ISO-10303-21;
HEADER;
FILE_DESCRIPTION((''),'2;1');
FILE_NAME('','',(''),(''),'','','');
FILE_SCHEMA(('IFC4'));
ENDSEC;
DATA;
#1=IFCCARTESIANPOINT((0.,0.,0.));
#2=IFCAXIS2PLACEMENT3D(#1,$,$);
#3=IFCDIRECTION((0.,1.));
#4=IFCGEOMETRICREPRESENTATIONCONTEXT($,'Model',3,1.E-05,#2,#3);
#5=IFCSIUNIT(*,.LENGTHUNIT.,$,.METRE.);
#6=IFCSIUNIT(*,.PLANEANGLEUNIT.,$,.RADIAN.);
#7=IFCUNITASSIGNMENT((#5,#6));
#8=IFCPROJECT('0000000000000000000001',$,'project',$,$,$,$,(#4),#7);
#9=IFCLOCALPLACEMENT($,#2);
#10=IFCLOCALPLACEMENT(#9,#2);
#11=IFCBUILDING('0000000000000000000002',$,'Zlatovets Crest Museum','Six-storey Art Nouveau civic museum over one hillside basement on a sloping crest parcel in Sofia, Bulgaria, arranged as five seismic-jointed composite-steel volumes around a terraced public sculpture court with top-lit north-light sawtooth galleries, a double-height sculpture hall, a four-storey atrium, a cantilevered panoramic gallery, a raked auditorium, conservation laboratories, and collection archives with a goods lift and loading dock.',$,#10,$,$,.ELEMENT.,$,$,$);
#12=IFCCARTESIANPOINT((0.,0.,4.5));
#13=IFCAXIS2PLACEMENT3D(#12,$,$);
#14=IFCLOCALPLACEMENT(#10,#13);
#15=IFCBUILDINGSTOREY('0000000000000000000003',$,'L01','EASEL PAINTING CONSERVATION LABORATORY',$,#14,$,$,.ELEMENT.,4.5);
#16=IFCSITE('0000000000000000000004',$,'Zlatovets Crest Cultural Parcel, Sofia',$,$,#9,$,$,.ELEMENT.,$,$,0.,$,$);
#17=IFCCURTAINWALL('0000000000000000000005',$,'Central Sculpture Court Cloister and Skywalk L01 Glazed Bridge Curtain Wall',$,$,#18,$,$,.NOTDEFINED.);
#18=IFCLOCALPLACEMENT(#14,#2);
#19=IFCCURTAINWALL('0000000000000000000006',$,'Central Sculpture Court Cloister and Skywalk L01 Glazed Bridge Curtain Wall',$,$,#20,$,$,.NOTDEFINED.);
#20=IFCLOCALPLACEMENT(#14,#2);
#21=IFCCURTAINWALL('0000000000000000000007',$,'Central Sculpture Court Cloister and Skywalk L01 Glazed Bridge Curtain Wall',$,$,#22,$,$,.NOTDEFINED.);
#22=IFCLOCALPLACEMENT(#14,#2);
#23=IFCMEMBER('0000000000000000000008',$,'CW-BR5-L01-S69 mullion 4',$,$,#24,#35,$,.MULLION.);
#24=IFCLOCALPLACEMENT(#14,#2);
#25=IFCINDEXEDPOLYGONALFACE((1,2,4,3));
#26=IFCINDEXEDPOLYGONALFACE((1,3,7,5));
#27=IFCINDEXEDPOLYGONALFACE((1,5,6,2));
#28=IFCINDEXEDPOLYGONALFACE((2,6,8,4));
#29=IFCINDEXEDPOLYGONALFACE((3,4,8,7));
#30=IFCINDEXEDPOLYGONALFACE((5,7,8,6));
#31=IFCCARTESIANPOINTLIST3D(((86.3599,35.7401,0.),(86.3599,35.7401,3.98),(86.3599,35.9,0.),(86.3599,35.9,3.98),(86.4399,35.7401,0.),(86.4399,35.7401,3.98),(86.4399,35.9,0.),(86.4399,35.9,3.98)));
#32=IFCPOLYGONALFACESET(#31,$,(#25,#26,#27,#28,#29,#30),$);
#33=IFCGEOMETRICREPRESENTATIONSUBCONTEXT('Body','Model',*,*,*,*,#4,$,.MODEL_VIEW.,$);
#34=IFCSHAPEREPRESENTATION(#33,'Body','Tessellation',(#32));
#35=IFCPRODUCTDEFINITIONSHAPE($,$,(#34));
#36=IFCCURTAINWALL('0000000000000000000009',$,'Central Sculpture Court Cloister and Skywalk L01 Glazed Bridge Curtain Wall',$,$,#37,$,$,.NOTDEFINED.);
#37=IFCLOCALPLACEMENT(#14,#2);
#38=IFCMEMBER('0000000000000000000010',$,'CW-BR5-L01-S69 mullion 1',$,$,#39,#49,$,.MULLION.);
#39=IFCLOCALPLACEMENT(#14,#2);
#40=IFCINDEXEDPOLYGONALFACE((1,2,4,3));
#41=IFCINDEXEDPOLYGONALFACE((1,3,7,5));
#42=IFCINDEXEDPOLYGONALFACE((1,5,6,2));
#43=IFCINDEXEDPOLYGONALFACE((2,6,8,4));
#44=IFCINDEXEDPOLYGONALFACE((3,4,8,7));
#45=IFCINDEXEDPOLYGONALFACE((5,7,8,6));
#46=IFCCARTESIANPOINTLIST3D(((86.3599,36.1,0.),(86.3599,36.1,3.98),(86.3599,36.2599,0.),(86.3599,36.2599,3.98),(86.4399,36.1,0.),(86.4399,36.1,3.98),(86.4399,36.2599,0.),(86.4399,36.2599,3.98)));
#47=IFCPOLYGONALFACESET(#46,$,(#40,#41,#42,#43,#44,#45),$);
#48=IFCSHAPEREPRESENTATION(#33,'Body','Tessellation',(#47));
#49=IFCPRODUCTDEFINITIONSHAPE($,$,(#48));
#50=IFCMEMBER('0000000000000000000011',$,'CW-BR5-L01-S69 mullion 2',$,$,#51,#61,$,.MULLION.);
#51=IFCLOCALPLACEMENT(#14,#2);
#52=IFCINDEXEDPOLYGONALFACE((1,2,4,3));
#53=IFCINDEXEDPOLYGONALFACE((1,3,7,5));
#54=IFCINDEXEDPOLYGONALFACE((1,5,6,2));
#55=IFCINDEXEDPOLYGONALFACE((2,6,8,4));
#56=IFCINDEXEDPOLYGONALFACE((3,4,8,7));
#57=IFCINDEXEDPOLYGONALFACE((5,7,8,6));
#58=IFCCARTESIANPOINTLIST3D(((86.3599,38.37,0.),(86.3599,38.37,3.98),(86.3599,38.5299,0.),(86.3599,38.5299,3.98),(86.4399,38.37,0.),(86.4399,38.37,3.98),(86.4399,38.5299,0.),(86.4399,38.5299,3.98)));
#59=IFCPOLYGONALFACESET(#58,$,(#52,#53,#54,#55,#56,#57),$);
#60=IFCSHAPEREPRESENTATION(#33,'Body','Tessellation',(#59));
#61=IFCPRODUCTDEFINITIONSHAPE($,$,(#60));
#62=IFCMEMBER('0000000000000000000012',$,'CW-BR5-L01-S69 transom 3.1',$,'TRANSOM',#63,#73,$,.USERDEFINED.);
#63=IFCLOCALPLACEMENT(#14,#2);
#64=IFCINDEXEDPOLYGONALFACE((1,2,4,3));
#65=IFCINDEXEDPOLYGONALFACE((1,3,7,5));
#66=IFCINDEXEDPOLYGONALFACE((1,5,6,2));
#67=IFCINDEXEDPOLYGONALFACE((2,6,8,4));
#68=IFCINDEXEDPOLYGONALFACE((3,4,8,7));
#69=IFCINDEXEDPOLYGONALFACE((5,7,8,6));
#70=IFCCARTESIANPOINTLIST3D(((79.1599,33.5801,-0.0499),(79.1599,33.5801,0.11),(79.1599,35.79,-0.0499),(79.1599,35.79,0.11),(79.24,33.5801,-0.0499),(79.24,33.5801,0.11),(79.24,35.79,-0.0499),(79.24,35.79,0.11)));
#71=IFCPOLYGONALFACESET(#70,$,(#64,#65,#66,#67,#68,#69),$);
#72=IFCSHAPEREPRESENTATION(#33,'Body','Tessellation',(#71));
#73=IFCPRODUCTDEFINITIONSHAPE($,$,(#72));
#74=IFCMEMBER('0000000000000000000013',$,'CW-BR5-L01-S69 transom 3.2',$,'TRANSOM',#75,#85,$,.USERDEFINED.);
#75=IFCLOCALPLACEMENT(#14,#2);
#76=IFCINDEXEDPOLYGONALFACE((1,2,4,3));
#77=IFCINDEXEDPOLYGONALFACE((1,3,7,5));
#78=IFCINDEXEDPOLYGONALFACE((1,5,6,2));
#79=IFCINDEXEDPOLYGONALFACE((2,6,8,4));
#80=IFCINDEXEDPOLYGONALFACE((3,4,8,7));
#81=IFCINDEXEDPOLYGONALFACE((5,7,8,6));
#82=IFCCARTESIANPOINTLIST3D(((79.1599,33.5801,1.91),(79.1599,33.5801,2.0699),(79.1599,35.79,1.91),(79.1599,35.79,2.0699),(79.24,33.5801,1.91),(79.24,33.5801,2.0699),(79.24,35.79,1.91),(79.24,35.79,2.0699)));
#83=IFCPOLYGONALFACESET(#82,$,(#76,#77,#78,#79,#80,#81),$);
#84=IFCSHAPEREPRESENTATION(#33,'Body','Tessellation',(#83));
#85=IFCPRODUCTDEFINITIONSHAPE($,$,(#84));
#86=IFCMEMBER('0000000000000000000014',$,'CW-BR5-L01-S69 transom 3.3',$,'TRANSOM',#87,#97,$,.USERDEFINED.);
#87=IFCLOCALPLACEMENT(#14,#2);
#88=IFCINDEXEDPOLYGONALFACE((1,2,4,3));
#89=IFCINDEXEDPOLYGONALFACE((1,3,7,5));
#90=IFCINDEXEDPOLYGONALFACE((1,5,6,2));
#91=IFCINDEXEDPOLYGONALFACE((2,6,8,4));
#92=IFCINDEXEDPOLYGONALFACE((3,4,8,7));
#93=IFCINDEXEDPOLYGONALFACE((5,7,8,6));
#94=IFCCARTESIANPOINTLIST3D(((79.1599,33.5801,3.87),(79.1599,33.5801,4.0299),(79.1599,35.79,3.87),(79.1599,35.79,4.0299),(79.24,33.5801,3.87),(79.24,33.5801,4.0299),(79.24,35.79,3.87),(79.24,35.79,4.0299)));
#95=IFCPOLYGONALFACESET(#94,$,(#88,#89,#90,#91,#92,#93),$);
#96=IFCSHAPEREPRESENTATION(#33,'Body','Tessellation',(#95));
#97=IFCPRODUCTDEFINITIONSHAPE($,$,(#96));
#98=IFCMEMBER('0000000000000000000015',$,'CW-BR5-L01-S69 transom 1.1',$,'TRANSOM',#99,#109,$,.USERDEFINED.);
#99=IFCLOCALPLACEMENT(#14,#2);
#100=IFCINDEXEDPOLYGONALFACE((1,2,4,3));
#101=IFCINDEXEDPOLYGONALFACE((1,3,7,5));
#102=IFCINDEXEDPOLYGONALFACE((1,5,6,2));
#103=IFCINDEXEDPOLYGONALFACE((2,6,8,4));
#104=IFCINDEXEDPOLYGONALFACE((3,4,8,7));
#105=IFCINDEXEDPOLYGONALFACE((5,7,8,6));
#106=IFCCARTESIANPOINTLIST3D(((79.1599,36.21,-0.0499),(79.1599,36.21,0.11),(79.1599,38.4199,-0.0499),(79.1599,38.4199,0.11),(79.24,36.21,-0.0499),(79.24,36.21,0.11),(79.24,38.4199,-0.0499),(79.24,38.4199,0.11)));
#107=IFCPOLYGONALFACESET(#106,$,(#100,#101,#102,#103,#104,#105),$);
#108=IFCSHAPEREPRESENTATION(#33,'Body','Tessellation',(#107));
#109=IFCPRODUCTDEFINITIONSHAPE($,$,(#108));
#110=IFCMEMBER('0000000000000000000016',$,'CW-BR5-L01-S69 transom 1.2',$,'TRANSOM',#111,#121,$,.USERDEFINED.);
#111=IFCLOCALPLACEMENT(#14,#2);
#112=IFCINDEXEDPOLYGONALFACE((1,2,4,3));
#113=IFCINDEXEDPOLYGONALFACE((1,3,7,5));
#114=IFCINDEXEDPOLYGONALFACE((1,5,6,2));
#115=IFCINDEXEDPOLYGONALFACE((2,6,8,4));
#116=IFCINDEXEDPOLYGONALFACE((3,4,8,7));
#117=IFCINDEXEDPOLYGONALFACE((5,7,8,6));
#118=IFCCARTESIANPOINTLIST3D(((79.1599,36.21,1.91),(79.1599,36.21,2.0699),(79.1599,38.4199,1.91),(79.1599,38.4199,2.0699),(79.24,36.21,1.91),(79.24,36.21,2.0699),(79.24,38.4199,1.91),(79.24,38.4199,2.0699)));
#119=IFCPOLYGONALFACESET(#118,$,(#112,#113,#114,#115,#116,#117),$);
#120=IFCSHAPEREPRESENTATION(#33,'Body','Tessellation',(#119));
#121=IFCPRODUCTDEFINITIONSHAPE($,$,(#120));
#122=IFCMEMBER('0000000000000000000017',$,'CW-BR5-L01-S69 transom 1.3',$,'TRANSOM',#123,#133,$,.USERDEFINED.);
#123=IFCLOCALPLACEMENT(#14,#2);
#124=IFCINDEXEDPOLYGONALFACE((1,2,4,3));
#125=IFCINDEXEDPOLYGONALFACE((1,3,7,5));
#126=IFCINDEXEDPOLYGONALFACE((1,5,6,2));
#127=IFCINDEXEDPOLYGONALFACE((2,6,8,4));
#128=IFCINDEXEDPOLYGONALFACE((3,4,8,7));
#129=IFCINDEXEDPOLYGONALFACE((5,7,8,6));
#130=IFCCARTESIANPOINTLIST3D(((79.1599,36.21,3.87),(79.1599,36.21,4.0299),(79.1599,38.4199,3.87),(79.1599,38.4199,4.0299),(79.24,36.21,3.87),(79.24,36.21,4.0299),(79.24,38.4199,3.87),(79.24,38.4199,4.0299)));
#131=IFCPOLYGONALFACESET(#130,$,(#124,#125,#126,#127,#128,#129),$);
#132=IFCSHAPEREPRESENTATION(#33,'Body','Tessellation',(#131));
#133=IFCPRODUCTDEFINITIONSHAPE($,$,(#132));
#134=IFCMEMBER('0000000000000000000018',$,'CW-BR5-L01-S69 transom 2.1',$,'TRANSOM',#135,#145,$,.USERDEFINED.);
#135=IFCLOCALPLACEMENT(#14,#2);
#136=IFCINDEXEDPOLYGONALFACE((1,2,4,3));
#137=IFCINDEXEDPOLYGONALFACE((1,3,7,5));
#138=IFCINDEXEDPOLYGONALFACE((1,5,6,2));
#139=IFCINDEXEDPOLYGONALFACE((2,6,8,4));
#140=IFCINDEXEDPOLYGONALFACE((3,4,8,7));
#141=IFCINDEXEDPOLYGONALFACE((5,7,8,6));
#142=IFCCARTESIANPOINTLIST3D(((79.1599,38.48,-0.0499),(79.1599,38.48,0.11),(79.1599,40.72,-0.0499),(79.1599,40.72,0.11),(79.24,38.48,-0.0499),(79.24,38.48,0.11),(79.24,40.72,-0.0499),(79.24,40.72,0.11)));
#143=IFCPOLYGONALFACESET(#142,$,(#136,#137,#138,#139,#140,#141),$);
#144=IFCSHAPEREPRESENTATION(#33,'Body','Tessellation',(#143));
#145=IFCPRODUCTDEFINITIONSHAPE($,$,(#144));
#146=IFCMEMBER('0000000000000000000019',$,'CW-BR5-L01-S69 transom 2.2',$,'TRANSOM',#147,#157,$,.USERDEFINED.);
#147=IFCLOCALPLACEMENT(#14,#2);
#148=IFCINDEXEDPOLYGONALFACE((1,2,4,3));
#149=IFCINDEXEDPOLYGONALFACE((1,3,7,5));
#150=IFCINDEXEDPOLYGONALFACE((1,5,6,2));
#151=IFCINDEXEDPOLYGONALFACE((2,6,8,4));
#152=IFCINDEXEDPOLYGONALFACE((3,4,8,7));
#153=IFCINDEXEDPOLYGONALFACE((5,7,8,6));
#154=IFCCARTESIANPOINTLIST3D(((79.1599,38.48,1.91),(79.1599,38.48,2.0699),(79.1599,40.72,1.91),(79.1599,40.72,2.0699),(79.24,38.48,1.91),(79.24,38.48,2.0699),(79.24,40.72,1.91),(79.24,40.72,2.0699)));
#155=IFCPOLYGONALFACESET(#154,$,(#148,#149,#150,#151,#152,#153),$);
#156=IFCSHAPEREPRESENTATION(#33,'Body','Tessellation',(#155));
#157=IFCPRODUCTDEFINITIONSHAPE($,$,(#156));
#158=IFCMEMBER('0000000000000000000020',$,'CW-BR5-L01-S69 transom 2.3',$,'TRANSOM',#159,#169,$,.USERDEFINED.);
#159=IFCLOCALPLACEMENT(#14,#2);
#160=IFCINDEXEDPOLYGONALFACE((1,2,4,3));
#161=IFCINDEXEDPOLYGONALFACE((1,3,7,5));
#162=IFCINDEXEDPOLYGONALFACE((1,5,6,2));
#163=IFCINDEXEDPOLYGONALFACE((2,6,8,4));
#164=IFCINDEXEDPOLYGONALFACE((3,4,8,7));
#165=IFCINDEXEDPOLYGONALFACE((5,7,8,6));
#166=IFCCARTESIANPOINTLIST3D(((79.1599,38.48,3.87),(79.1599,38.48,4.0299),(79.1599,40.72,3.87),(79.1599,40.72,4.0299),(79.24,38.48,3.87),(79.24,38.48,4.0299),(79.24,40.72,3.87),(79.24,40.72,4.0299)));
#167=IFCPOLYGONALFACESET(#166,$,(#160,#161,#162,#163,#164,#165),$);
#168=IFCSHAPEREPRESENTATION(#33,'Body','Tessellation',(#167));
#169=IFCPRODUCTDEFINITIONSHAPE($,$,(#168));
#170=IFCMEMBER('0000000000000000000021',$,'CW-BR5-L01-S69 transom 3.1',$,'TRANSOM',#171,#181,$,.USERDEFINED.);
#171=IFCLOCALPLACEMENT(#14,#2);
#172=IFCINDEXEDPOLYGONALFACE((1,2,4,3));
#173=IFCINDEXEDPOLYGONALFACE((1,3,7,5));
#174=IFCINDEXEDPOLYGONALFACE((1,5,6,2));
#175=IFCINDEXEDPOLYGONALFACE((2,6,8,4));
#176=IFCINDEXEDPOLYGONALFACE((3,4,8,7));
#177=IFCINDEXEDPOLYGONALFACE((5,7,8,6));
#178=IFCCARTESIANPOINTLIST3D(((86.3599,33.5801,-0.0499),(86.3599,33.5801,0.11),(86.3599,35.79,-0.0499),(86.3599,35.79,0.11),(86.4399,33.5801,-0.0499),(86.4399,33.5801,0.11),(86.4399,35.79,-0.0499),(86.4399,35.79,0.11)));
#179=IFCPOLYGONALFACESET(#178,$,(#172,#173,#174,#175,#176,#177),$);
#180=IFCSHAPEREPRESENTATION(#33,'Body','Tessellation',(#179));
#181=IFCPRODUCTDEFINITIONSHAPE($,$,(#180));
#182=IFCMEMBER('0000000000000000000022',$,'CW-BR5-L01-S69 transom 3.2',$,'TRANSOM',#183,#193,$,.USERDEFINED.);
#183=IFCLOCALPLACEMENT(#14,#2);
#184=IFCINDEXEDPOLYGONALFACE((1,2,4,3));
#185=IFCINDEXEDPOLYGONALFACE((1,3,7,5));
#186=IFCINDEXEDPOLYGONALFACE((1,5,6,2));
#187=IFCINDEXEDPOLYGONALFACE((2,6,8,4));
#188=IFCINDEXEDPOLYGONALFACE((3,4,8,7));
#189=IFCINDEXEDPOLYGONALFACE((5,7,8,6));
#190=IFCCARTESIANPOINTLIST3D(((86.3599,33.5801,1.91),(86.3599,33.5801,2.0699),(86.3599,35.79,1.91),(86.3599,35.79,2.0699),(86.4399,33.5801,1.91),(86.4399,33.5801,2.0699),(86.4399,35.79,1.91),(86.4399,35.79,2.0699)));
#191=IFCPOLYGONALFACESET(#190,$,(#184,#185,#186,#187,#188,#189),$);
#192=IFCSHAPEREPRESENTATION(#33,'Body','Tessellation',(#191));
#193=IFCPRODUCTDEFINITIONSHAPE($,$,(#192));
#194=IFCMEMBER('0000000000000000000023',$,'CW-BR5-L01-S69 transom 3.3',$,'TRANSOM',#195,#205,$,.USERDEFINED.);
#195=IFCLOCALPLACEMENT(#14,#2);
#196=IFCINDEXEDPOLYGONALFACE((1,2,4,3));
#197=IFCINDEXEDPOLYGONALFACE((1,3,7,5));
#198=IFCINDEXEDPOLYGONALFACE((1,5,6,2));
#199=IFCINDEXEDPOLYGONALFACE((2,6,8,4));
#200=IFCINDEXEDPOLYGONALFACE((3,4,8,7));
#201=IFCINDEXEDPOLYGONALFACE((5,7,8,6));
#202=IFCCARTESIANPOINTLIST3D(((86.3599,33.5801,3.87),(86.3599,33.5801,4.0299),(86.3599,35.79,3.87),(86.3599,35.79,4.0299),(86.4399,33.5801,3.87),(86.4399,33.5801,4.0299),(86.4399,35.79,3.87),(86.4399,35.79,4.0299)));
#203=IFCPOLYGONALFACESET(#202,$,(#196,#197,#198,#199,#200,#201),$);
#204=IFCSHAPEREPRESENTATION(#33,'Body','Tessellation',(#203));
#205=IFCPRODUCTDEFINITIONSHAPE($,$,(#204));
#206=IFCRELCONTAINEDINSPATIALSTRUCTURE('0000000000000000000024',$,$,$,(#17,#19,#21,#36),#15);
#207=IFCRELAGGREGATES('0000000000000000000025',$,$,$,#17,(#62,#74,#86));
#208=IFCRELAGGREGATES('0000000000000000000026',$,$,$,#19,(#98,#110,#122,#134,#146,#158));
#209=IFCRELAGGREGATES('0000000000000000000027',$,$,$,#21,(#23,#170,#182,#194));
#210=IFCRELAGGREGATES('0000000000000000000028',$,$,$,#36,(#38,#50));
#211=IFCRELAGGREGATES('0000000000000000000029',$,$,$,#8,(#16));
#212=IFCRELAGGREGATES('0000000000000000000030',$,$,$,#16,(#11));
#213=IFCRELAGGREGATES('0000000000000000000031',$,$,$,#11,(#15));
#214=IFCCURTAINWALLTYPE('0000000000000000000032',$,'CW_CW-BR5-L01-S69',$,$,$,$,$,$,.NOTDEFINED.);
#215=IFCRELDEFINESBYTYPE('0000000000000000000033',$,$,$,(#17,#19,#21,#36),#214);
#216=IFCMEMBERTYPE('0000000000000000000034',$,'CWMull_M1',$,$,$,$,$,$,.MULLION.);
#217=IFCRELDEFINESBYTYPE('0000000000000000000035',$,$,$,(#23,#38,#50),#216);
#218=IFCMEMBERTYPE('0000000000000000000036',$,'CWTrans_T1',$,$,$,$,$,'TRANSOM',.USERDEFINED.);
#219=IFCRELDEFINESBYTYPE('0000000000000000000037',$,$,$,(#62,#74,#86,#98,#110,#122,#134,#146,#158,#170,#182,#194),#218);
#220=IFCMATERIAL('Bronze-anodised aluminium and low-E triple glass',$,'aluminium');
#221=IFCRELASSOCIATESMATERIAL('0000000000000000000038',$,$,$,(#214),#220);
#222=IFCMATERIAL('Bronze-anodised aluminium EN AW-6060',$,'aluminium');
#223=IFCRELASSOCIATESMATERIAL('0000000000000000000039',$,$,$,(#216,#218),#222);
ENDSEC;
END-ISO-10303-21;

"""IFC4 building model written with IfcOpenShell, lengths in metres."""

from ifc_helpers import new_model, si_unit, direction, frame, origin, origin_2d, place, context, subcontext, project, spatial, rectangle, extrude, material, material_profile, profile_set, type_object, element, aggregate, save


model = new_model("IFC4")

# Units and contexts
model_context = context("Model", 3, precision=1e-05, world=origin(), true_north=direction((0.0, 1.0)))
body_context = subcontext(model_context, "Body", "Model", "MODEL_VIEW")
ifc_project = project(units=[si_unit("LENGTHUNIT", "METRE"), si_unit("PLANEANGLEUNIT", "RADIAN")], contexts=[model_context])

# Site, building, storey
site_placement = place(None, origin())
site = spatial("IfcSite", under=ifc_project, at=site_placement, Name="Zlatovets Crest Cultural Parcel, Sofia", CompositionType="ELEMENT", RefElevation=0.0)
building_placement = place(site_placement, origin())
building = spatial("IfcBuilding", under=site, at=building_placement, Name="Zlatovets Crest Museum", Description="Six-storey Art Nouveau civic museum over one hillside basement on a sloping crest parcel in Sofia, Bulgaria, arranged as five seismic-jointed composite-steel volumes around a terraced public sculpture court with top-lit north-light sawtooth galleries, a double-height sculpture hall, a four-storey atrium, a cantilevered panoramic gallery, a raked auditorium, conservation laboratories, and collection archives with a goods lift and loading dock.", CompositionType="ELEMENT")
storey_placement = place(building_placement, frame((0.0, 0.0, 4.5)))
storey = spatial("IfcBuildingStorey", under=building, at=storey_placement, Name="L01", Description="EASEL PAINTING CONSERVATION LABORATORY", CompositionType="ELEMENT", Elevation=4.5)

# Curtain walls, members
ifc_material_1 = material(Name="Bronze-anodised aluminium and low-E triple glass", Category="aluminium")
curtain_wall_type = type_object("IfcCurtainWallType", Name="CW_CW-BR5-L01-S69", PredefinedType="NOTDEFINED", material=ifc_material_1)
curtain_wall_1_placement = place(storey_placement, origin())
curtain_wall_1 = element("IfcCurtainWall", 1, at=curtain_wall_1_placement, inside=storey, type_object=curtain_wall_type, Name="Central Sculpture Court Cloister and Skywalk L01 Glazed Bridge Curtain Wall", PredefinedType="NOTDEFINED")
ifc_material_2 = material(Name="Bronze-anodised aluminium EN AW-6060", Category="aluminium")
ifc_material_profile_1 = material_profile(ifc_material_2, rectangle(XDim=0.0801, YDim=0.1599, at=origin_2d()), Name="ALU 80x160")
ifc_profile_set_1 = profile_set([ifc_material_profile_1], Name="Bronze-anodised aluminium EN AW-6060")
member_type_1 = type_object("IfcMemberType", Name="CWMull_M1", PredefinedType="MULLION", material=ifc_profile_set_1)
curtain_wall_2_placement = place(storey_placement, origin())
curtain_wall_2 = element("IfcCurtainWall", 2, at=curtain_wall_2_placement, inside=storey, type_object=curtain_wall_type, Name="Central Sculpture Court Cloister and Skywalk L01 Glazed Bridge Curtain Wall", PredefinedType="NOTDEFINED")
curtain_wall_3_placement = place(storey_placement, origin())
curtain_wall_3 = element("IfcCurtainWall", 3, at=curtain_wall_3_placement, inside=storey, type_object=curtain_wall_type, Name="Central Sculpture Court Cloister and Skywalk L01 Glazed Bridge Curtain Wall", PredefinedType="NOTDEFINED")
member_1_placement = place(storey_placement, frame((86.3999, 35.8201, 0.0), z_axis=(0.0, 0.0, 1.0), x_axis=(-1.0, 0.0, 0.0)))
member_1 = element("IfcMember", 4, at=member_1_placement, type_object=member_type_1, Name="CW-BR5-L01-S69 mullion 4", PredefinedType="MULLION", context=body_context, shape_type="SweptSolid", body=[
    extrude(rectangle(XDim=0.0801, YDim=0.1599, at=origin_2d()), origin(), (0.0, 0.0, 1.0), 3.98),
])
curtain_wall_4_placement = place(storey_placement, origin())
curtain_wall_4 = element("IfcCurtainWall", 5, at=curtain_wall_4_placement, inside=storey, type_object=curtain_wall_type, Name="Central Sculpture Court Cloister and Skywalk L01 Glazed Bridge Curtain Wall", PredefinedType="NOTDEFINED")
member_2_placement = place(storey_placement, frame((86.3999, 36.1799, 0.0), z_axis=(0.0, 0.0, 1.0), x_axis=(-1.0, 0.0, 0.0)))
member_2 = element("IfcMember", 6, at=member_2_placement, type_object=member_type_1, Name="CW-BR5-L01-S69 mullion 1", PredefinedType="MULLION", context=body_context, shape_type="SweptSolid", body=[
    extrude(rectangle(XDim=0.0801, YDim=0.1599, at=origin_2d()), origin(), (0.0, 0.0, 1.0), 3.98),
])
member_3_placement = place(storey_placement, frame((86.3999, 38.45, 0.0), z_axis=(0.0, 0.0, 1.0), x_axis=(-1.0, 0.0, 0.0)))
member_3 = element("IfcMember", 7, at=member_3_placement, type_object=member_type_1, Name="CW-BR5-L01-S69 mullion 2", PredefinedType="MULLION", context=body_context, shape_type="SweptSolid", body=[
    extrude(rectangle(XDim=0.0801, YDim=0.1599, at=origin_2d()), origin(), (0.0, 0.0, 1.0), 3.98),
])

# Members
ifc_material_profile_2 = material_profile(ifc_material_2, rectangle(XDim=0.0801, YDim=0.1599, at=origin_2d()), Name="ALU 80x160")
ifc_profile_set_2 = profile_set([ifc_material_profile_2], Name="Bronze-anodised aluminium EN AW-6060")
member_type_2 = type_object("IfcMemberType", Name="CWTrans_T1", ElementType="TRANSOM", PredefinedType="USERDEFINED", material=ifc_profile_set_2)
member_4_placement = place(storey_placement, frame((79.2, 33.5801, 0.03), z_axis=(0.0, 1.0, 0.0), x_axis=(-1.0, 0.0, 0.0)))
member_4 = element("IfcMember", 8, at=member_4_placement, type_object=member_type_2, Name="CW-BR5-L01-S69 transom 3.1", ObjectType="TRANSOM", PredefinedType="USERDEFINED", context=body_context, shape_type="SweptSolid", body=[
    extrude(rectangle(XDim=0.0801, YDim=0.1599, at=origin_2d()), origin(), (0.0, 0.0, 1.0), 2.21),
])
member_5_placement = place(storey_placement, frame((79.2, 33.5801, 1.99), z_axis=(0.0, 1.0, 0.0), x_axis=(-1.0, 0.0, 0.0)))
member_5 = element("IfcMember", 9, at=member_5_placement, type_object=member_type_2, Name="CW-BR5-L01-S69 transom 3.2", ObjectType="TRANSOM", PredefinedType="USERDEFINED", context=body_context, shape_type="SweptSolid", body=[
    extrude(rectangle(XDim=0.0801, YDim=0.1599, at=origin_2d()), origin(), (0.0, 0.0, 1.0), 2.21),
])
member_6_placement = place(storey_placement, frame((79.2, 33.5801, 3.95), z_axis=(0.0, 1.0, 0.0), x_axis=(-1.0, 0.0, 0.0)))
member_6 = element("IfcMember", 10, at=member_6_placement, type_object=member_type_2, Name="CW-BR5-L01-S69 transom 3.3", ObjectType="TRANSOM", PredefinedType="USERDEFINED", context=body_context, shape_type="SweptSolid", body=[
    extrude(rectangle(XDim=0.0801, YDim=0.1599, at=origin_2d()), origin(), (0.0, 0.0, 1.0), 2.21),
])
member_7_placement = place(storey_placement, frame((79.2, 36.21, 0.03), z_axis=(0.0, 1.0, 0.0), x_axis=(-1.0, 0.0, 0.0)))
member_7 = element("IfcMember", 11, at=member_7_placement, type_object=member_type_2, Name="CW-BR5-L01-S69 transom 1.1", ObjectType="TRANSOM", PredefinedType="USERDEFINED", context=body_context, shape_type="SweptSolid", body=[
    extrude(rectangle(XDim=0.0801, YDim=0.1599, at=origin_2d()), origin(), (0.0, 0.0, 1.0), 2.21),
])
member_8_placement = place(storey_placement, frame((79.2, 36.21, 1.99), z_axis=(0.0, 1.0, 0.0), x_axis=(-1.0, 0.0, 0.0)))
member_8 = element("IfcMember", 12, at=member_8_placement, type_object=member_type_2, Name="CW-BR5-L01-S69 transom 1.2", ObjectType="TRANSOM", PredefinedType="USERDEFINED", context=body_context, shape_type="SweptSolid", body=[
    extrude(rectangle(XDim=0.0801, YDim=0.1599, at=origin_2d()), origin(), (0.0, 0.0, 1.0), 2.21),
])
member_9_placement = place(storey_placement, frame((79.2, 36.21, 3.95), z_axis=(0.0, 1.0, 0.0), x_axis=(-1.0, 0.0, 0.0)))
member_9 = element("IfcMember", 13, at=member_9_placement, type_object=member_type_2, Name="CW-BR5-L01-S69 transom 1.3", ObjectType="TRANSOM", PredefinedType="USERDEFINED", context=body_context, shape_type="SweptSolid", body=[
    extrude(rectangle(XDim=0.0801, YDim=0.1599, at=origin_2d()), origin(), (0.0, 0.0, 1.0), 2.21),
])
member_10_placement = place(storey_placement, frame((79.2, 38.48, 0.03), z_axis=(0.0, 1.0, 0.0), x_axis=(-1.0, 0.0, 0.0)))
member_10 = element("IfcMember", 14, at=member_10_placement, type_object=member_type_2, Name="CW-BR5-L01-S69 transom 2.1", ObjectType="TRANSOM", PredefinedType="USERDEFINED", context=body_context, shape_type="SweptSolid", body=[
    extrude(rectangle(XDim=0.0801, YDim=0.1599, at=origin_2d()), origin(), (0.0, 0.0, 1.0), 2.24),
])
member_11_placement = place(storey_placement, frame((79.2, 38.48, 1.99), z_axis=(0.0, 1.0, 0.0), x_axis=(-1.0, 0.0, 0.0)))
member_11 = element("IfcMember", 15, at=member_11_placement, type_object=member_type_2, Name="CW-BR5-L01-S69 transom 2.2", ObjectType="TRANSOM", PredefinedType="USERDEFINED", context=body_context, shape_type="SweptSolid", body=[
    extrude(rectangle(XDim=0.0801, YDim=0.1599, at=origin_2d()), origin(), (0.0, 0.0, 1.0), 2.24),
])
member_12_placement = place(storey_placement, frame((79.2, 38.48, 3.95), z_axis=(0.0, 1.0, 0.0), x_axis=(-1.0, 0.0, 0.0)))
member_12 = element("IfcMember", 16, at=member_12_placement, type_object=member_type_2, Name="CW-BR5-L01-S69 transom 2.3", ObjectType="TRANSOM", PredefinedType="USERDEFINED", context=body_context, shape_type="SweptSolid", body=[
    extrude(rectangle(XDim=0.0801, YDim=0.1599, at=origin_2d()), origin(), (0.0, 0.0, 1.0), 2.24),
])
member_13_placement = place(storey_placement, frame((86.3999, 33.5801, 0.03), z_axis=(0.0, 1.0, 0.0), x_axis=(-1.0, 0.0, 0.0)))
member_13 = element("IfcMember", 17, at=member_13_placement, type_object=member_type_2, Name="CW-BR5-L01-S69 transom 3.1", ObjectType="TRANSOM", PredefinedType="USERDEFINED", context=body_context, shape_type="SweptSolid", body=[
    extrude(rectangle(XDim=0.0801, YDim=0.1599, at=origin_2d()), origin(), (0.0, 0.0, 1.0), 2.21),
])
member_14_placement = place(storey_placement, frame((86.3999, 33.5801, 1.99), z_axis=(0.0, 1.0, 0.0), x_axis=(-1.0, 0.0, 0.0)))
member_14 = element("IfcMember", 18, at=member_14_placement, type_object=member_type_2, Name="CW-BR5-L01-S69 transom 3.2", ObjectType="TRANSOM", PredefinedType="USERDEFINED", context=body_context, shape_type="SweptSolid", body=[
    extrude(rectangle(XDim=0.0801, YDim=0.1599, at=origin_2d()), origin(), (0.0, 0.0, 1.0), 2.21),
])
member_15_placement = place(storey_placement, frame((86.3999, 33.5801, 3.95), z_axis=(0.0, 1.0, 0.0), x_axis=(-1.0, 0.0, 0.0)))
member_15 = element("IfcMember", 19, at=member_15_placement, type_object=member_type_2, Name="CW-BR5-L01-S69 transom 3.3", ObjectType="TRANSOM", PredefinedType="USERDEFINED", context=body_context, shape_type="SweptSolid", body=[
    extrude(rectangle(XDim=0.0801, YDim=0.1599, at=origin_2d()), origin(), (0.0, 0.0, 1.0), 2.21),
])

aggregate(curtain_wall_1, [member_4, member_5, member_6])
aggregate(curtain_wall_2, [member_7, member_8, member_9, member_10, member_11, member_12])
aggregate(curtain_wall_3, [member_1, member_13, member_14, member_15])
aggregate(curtain_wall_4, [member_2, member_3])

save(model, "model.ifc")
